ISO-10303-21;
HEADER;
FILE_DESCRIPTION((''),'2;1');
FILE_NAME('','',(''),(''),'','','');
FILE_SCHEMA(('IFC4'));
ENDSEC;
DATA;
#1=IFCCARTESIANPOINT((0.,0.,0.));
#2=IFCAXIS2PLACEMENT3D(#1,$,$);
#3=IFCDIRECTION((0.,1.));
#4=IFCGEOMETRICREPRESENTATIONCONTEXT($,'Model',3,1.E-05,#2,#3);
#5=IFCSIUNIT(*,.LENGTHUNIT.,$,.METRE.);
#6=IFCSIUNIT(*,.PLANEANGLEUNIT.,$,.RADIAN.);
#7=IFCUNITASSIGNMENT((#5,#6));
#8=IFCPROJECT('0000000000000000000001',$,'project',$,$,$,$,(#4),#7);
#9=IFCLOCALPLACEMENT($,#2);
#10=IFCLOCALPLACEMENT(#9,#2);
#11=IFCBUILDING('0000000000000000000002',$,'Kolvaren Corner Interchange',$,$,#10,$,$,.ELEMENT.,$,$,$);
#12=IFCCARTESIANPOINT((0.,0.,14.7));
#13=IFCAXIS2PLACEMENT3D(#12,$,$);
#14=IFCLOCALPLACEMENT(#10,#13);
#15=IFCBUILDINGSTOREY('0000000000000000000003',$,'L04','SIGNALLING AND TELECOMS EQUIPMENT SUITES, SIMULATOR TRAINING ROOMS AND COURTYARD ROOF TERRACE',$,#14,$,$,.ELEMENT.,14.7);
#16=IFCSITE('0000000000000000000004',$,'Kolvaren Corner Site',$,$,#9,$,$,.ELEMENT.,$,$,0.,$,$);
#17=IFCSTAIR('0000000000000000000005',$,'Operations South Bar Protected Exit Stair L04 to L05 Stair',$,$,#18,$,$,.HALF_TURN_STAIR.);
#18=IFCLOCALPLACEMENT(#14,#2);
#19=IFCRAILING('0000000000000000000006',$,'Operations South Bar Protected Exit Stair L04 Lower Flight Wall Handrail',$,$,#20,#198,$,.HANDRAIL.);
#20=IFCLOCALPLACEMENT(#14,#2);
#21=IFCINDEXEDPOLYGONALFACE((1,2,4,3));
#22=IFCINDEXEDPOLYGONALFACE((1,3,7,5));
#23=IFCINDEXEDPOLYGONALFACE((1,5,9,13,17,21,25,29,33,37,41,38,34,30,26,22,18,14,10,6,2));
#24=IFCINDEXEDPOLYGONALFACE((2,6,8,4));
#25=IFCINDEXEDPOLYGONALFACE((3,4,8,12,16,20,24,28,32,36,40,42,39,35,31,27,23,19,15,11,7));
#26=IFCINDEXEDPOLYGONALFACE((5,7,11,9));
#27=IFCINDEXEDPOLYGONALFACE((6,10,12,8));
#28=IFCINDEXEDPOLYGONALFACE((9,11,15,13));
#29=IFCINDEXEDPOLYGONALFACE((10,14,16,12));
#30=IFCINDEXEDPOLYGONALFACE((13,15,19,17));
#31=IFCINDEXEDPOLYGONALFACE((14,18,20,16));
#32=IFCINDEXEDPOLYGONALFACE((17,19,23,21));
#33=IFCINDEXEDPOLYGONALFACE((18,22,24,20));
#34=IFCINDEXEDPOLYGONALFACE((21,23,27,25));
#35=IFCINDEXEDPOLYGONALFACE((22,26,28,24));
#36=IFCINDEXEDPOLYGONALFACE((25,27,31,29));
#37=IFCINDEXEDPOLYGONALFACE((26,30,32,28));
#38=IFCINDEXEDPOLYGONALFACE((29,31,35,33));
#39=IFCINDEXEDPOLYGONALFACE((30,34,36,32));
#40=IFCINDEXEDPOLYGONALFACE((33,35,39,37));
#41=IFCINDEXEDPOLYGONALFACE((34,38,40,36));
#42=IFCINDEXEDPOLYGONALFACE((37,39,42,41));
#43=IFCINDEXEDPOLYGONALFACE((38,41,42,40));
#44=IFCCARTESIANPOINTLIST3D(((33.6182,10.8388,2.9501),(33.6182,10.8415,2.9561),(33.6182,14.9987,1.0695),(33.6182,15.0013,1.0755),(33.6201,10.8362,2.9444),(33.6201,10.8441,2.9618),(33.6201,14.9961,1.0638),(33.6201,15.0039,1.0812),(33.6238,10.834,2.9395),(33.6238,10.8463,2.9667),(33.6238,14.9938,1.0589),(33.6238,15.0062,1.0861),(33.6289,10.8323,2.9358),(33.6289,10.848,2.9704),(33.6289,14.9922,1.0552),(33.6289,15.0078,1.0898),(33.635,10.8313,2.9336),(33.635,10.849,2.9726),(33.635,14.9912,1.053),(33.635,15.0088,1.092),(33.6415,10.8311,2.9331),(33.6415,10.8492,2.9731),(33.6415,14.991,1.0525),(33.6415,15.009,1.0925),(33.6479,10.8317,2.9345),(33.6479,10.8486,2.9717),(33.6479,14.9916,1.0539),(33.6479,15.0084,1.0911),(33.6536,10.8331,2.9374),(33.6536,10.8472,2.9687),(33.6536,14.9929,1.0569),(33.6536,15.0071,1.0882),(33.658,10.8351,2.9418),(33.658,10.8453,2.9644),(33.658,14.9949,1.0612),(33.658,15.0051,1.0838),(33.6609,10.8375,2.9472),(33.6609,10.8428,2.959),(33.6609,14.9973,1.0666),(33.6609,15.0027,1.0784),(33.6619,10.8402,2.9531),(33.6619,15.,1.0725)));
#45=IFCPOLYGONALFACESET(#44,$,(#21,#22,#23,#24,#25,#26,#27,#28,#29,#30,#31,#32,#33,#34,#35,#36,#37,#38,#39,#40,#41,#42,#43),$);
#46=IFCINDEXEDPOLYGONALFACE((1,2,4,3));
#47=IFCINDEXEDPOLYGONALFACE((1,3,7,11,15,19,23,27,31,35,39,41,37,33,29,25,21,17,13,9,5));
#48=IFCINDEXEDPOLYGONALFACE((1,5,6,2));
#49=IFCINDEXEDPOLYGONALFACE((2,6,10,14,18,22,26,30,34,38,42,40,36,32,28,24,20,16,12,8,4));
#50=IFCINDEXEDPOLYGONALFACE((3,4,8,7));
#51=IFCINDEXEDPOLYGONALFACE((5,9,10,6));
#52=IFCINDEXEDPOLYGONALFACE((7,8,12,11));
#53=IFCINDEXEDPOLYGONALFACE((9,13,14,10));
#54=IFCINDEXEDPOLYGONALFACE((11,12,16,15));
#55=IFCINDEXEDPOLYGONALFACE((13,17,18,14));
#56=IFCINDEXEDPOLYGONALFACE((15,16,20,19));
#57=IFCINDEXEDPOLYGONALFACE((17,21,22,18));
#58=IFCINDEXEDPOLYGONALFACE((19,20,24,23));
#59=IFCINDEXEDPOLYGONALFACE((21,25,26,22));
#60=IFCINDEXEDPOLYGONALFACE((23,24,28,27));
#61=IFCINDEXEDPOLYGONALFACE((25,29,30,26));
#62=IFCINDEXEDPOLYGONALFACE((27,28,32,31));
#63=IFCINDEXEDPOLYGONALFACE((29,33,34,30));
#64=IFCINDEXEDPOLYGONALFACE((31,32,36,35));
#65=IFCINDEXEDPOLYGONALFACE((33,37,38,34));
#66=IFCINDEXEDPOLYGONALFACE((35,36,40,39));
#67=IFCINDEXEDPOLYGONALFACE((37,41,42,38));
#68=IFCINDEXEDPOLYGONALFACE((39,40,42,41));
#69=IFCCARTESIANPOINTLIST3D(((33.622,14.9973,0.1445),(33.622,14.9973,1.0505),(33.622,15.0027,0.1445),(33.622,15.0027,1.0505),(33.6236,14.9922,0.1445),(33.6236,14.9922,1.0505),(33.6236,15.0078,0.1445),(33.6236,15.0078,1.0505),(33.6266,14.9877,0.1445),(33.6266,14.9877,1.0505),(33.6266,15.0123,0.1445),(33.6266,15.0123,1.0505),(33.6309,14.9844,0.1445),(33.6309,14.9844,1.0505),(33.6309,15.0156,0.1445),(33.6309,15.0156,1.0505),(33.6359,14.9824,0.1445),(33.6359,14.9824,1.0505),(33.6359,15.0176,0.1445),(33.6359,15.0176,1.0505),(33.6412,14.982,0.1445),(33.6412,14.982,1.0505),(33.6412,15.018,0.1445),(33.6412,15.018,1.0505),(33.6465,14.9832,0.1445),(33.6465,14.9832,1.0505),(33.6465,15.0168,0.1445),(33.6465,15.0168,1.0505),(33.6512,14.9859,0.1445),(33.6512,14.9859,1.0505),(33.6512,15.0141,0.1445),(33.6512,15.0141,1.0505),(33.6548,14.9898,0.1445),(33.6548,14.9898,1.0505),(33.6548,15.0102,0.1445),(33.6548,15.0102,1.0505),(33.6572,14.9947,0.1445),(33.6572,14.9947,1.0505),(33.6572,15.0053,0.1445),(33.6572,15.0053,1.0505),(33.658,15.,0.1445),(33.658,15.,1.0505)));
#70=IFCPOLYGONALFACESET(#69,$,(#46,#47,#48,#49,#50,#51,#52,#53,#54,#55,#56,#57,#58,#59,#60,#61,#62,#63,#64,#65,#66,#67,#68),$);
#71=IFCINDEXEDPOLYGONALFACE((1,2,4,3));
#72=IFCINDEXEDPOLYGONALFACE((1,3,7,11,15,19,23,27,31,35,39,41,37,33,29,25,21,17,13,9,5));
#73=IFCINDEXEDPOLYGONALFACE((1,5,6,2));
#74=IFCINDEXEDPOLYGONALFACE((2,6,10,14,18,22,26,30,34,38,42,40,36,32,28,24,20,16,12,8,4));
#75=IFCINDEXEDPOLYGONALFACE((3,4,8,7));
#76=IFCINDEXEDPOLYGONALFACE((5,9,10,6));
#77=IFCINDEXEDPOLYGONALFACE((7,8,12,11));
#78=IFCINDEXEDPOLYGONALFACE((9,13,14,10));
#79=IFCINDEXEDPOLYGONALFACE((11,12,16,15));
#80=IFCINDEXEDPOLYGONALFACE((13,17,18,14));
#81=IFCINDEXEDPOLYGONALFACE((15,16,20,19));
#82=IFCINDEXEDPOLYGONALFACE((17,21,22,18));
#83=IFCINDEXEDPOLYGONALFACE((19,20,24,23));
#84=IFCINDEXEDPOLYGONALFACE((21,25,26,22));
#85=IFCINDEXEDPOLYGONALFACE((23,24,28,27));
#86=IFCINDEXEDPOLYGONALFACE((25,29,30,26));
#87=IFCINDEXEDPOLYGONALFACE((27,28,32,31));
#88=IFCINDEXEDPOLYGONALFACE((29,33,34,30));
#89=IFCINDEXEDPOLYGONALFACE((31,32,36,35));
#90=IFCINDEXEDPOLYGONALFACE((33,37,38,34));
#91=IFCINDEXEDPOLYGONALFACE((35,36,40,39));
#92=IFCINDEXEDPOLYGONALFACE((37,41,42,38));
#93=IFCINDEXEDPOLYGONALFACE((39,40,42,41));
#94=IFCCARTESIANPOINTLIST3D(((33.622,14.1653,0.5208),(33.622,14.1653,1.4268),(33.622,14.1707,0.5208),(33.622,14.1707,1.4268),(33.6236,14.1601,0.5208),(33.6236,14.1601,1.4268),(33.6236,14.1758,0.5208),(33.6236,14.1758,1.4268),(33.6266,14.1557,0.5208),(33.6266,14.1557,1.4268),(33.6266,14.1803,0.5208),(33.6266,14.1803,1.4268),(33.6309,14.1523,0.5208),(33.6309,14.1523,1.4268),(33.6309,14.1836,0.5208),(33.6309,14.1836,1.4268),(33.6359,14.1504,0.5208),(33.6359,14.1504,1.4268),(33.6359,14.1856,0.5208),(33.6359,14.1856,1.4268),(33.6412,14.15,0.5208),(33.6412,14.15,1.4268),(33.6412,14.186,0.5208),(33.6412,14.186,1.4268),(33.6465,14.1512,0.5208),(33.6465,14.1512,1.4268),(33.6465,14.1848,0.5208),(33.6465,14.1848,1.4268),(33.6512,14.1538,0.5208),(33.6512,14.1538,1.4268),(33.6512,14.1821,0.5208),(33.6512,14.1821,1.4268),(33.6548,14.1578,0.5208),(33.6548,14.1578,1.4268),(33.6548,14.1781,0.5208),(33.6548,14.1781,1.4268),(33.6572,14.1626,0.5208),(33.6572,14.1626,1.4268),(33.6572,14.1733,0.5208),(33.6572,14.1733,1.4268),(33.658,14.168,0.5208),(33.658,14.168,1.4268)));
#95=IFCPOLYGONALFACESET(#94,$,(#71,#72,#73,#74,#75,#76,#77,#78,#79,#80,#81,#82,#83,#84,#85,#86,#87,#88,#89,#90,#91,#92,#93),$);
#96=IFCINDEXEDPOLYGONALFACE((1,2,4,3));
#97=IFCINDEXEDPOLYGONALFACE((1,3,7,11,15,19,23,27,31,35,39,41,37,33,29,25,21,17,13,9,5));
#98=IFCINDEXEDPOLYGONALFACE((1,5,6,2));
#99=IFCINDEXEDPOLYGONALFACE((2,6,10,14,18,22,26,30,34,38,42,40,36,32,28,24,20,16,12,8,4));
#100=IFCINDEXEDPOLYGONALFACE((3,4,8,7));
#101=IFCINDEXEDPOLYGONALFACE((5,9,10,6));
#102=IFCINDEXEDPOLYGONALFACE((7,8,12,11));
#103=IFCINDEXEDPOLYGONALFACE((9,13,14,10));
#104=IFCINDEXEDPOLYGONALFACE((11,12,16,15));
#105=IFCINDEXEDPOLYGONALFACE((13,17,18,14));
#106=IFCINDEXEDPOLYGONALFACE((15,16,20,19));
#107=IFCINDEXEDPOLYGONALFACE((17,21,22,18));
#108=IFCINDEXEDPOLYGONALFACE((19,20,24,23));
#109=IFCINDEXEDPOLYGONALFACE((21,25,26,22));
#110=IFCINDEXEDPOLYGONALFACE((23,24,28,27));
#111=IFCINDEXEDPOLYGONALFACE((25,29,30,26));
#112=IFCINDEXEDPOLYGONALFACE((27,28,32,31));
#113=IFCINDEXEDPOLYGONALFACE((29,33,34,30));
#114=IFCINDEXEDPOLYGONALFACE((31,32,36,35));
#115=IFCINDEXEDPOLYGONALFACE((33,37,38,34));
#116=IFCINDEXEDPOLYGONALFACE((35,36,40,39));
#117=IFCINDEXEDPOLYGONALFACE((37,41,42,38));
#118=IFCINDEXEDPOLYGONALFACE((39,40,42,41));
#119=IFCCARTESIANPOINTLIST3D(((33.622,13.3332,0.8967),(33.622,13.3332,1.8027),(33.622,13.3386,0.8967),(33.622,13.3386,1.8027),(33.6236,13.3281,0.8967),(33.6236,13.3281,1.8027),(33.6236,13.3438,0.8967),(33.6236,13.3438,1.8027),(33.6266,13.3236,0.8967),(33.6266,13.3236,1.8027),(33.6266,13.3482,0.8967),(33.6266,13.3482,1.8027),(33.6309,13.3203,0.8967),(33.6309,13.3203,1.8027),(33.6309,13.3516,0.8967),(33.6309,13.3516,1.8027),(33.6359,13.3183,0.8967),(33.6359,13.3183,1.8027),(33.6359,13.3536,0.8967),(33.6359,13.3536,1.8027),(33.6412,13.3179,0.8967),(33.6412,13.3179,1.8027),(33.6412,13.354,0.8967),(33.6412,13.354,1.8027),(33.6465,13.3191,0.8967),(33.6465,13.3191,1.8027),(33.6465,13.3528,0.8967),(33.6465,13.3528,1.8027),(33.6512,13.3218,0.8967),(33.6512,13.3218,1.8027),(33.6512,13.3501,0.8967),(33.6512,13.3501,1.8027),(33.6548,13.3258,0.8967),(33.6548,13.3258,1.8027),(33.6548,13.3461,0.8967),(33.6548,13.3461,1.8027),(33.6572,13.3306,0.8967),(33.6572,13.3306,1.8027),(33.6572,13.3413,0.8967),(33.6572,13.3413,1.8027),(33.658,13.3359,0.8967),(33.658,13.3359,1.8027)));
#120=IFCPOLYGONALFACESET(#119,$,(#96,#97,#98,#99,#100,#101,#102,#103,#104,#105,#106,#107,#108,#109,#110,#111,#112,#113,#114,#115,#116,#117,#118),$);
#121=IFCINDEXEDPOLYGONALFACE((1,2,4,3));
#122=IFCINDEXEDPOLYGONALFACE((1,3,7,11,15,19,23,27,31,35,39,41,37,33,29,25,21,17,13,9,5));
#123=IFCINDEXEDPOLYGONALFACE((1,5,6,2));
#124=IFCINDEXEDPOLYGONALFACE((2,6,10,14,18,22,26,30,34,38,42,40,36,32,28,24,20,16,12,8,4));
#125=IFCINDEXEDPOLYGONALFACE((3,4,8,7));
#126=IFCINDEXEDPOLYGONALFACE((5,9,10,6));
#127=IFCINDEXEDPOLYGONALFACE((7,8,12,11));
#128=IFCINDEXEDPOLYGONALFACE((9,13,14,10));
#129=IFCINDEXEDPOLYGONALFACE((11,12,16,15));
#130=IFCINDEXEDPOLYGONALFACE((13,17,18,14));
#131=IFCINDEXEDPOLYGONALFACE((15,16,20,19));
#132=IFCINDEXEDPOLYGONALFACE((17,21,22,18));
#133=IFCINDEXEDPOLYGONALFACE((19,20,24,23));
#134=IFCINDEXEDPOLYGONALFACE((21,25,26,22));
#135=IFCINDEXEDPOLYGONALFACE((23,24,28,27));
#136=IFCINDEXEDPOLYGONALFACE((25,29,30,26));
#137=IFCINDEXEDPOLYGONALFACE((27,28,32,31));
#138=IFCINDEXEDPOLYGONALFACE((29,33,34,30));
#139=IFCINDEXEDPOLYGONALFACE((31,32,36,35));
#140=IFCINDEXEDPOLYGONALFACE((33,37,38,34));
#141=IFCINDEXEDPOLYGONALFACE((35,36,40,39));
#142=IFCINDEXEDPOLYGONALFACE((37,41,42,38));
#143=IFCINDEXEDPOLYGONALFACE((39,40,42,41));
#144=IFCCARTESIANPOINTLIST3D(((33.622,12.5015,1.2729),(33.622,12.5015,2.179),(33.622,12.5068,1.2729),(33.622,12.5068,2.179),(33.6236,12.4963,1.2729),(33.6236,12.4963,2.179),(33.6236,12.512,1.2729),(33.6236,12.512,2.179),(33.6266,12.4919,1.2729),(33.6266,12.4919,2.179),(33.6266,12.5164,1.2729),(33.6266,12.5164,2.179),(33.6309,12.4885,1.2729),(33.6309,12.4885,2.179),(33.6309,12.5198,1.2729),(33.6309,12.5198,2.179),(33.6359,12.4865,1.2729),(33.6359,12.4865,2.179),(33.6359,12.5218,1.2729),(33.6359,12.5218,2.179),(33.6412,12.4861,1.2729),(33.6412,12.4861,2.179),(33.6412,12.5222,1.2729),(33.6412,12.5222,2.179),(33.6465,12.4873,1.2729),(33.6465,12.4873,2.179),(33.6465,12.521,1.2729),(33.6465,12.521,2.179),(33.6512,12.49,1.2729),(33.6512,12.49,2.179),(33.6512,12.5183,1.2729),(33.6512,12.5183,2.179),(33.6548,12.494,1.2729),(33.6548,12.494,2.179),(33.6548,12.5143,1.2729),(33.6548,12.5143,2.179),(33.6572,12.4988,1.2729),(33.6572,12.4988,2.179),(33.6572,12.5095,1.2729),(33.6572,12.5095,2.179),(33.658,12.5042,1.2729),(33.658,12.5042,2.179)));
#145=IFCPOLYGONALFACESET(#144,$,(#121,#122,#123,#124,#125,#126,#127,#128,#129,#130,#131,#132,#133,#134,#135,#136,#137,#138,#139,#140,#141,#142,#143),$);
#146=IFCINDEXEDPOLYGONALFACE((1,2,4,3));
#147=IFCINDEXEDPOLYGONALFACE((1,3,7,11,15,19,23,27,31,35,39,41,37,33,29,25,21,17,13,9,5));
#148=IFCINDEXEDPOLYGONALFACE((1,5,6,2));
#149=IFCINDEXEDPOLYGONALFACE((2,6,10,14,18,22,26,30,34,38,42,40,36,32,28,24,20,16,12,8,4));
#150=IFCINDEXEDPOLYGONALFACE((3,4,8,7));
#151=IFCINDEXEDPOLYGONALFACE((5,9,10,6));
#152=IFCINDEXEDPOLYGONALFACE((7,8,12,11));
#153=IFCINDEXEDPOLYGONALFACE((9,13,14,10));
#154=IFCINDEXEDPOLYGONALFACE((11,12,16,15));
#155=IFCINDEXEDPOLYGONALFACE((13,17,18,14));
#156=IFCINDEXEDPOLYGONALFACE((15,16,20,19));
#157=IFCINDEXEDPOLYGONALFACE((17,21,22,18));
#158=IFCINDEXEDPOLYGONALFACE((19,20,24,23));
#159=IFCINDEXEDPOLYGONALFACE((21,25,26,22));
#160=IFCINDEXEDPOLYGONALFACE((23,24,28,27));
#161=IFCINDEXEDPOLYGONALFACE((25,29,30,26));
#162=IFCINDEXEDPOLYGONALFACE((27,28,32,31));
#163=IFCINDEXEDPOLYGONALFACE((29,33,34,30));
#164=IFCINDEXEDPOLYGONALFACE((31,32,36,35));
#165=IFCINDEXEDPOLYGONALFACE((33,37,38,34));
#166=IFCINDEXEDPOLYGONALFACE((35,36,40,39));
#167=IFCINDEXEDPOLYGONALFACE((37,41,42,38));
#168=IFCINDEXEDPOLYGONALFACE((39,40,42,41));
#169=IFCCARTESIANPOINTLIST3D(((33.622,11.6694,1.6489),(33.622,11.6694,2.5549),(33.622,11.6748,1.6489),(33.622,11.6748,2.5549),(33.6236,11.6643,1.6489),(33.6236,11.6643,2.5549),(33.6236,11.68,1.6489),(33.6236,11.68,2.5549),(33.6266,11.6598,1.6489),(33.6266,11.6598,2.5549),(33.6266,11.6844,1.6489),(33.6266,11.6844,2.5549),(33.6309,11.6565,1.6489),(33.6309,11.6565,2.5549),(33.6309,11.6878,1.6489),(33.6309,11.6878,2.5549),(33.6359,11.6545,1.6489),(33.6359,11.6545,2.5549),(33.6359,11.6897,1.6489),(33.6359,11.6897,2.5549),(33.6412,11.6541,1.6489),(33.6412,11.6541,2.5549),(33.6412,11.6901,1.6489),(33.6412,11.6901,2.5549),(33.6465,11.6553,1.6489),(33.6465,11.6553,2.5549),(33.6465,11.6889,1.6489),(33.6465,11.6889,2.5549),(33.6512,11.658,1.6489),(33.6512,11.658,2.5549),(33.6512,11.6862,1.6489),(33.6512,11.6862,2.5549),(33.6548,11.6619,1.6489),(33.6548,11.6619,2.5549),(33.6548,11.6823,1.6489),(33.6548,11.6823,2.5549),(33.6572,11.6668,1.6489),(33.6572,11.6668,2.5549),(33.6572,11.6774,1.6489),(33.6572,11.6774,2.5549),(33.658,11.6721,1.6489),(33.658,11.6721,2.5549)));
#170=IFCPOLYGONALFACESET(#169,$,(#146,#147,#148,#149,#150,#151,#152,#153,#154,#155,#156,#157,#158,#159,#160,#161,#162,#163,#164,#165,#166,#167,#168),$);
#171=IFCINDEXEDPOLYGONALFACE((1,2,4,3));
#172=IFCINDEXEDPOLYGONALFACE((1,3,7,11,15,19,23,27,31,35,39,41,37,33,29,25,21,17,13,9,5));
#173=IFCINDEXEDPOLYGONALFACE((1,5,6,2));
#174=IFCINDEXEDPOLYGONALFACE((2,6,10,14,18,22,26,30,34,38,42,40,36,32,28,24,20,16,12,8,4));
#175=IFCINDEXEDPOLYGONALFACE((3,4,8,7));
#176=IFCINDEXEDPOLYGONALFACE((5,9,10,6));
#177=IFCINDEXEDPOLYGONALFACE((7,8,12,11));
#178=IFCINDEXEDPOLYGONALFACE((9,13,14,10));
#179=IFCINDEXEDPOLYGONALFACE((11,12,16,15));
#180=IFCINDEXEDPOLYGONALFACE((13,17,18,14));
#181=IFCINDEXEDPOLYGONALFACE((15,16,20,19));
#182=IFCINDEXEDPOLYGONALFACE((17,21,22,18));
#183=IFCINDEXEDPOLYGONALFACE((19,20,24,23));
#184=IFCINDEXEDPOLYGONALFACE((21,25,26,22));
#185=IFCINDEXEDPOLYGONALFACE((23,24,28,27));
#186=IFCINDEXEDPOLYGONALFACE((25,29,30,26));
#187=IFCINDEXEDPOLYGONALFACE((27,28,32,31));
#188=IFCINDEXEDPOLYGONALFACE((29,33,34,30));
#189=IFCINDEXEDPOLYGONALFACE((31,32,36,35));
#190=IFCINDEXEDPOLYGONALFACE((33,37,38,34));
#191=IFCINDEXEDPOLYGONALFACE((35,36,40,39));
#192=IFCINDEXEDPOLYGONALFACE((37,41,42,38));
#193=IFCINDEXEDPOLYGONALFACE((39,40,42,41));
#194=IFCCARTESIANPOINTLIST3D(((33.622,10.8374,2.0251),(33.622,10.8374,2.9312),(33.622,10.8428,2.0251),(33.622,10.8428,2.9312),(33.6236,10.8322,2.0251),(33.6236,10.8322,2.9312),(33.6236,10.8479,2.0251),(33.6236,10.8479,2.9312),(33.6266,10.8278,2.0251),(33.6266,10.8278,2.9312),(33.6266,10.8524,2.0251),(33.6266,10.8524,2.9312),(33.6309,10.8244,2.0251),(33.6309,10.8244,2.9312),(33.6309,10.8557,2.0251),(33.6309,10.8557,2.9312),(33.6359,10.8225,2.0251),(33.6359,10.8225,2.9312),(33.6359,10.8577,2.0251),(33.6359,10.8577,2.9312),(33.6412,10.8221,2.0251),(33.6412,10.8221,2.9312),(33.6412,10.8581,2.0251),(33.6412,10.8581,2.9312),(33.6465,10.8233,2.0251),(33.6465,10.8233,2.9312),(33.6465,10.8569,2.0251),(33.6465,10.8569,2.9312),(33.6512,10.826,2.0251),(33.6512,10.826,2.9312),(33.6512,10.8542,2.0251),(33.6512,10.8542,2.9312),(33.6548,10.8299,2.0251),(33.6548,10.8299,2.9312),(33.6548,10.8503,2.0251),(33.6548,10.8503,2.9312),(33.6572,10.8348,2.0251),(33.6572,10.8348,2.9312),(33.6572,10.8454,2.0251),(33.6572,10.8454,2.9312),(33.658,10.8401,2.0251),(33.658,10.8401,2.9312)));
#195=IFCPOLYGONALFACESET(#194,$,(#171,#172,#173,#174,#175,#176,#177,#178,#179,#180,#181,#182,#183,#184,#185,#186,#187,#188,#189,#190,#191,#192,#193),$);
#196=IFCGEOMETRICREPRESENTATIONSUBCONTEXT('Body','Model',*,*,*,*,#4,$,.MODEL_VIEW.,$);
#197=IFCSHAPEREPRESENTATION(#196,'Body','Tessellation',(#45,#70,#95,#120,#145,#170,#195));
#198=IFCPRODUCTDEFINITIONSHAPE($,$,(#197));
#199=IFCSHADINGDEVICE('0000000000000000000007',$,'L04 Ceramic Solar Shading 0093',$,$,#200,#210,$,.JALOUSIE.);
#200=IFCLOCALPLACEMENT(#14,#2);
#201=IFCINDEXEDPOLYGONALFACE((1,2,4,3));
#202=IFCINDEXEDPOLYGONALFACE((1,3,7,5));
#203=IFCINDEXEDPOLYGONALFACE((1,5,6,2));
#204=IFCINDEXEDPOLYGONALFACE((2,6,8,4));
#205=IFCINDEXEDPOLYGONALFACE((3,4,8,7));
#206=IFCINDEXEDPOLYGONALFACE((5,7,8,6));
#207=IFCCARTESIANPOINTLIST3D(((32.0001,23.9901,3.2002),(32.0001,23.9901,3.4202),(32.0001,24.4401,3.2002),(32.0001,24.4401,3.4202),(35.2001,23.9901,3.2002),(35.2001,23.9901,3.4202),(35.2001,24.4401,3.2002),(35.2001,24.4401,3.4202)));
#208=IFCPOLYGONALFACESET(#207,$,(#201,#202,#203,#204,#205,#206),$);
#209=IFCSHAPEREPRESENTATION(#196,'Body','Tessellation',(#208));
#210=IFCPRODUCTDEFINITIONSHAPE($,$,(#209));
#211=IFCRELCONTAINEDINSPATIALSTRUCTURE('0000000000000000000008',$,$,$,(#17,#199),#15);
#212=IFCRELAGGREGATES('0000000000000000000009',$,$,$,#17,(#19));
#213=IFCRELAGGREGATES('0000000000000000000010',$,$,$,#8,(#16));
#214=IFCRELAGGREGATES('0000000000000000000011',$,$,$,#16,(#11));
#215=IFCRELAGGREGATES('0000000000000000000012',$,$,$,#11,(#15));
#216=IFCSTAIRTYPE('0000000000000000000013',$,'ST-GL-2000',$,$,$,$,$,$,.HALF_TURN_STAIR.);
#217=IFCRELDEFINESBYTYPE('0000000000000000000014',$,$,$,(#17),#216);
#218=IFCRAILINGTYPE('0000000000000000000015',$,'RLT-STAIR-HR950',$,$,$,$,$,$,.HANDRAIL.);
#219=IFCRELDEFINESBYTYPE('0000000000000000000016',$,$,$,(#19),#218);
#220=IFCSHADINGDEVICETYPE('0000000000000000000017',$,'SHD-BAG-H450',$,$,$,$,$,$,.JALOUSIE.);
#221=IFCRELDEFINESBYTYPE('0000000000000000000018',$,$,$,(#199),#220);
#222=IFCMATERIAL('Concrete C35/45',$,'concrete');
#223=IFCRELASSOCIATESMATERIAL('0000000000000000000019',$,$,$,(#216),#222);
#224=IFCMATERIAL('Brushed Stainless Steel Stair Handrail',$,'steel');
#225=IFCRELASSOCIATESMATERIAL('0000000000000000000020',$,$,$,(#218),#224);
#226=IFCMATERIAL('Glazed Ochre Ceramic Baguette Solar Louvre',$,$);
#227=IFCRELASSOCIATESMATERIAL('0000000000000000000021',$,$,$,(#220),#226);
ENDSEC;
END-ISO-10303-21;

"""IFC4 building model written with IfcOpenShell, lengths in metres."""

from ifc_helpers import new_model, si_unit, direction, frame, origin, origin_2d, place, context, subcontext, project, spatial, rectangle, circle, extrude, material, type_object, element, aggregate, save


model = new_model("IFC4")

# Units and contexts
model_context = context("Model", 3, precision=1e-05, world=origin(), true_north=direction((0.0, 1.0)))
body_context = subcontext(model_context, "Body", "Model", "MODEL_VIEW")
ifc_project = project(units=[si_unit("LENGTHUNIT", "METRE"), si_unit("PLANEANGLEUNIT", "RADIAN")], contexts=[model_context])

# Site, building, storey
site_placement = place(None, origin())
site = spatial("IfcSite", under=ifc_project, at=site_placement, Name="Kolvaren Corner Site", CompositionType="ELEMENT", RefElevation=0.0)
building_placement = place(site_placement, origin())
building = spatial("IfcBuilding", under=site, at=building_placement, Name="Kolvaren Corner Interchange", CompositionType="ELEMENT")
storey_placement = place(building_placement, frame((0.0, 0.0, 14.7)))
storey = spatial("IfcBuildingStorey", under=building, at=storey_placement, Name="L04", Description="SIGNALLING AND TELECOMS EQUIPMENT SUITES, SIMULATOR TRAINING ROOMS AND COURTYARD ROOF TERRACE", CompositionType="ELEMENT", Elevation=14.7)

# Stair
ifc_material_1 = material(Name="Concrete C35/45", Category="concrete")
stair_type = type_object("IfcStairType", Name="ST-GL-2000", PredefinedType="HALF_TURN_STAIR", material=ifc_material_1)
stair_placement = place(storey_placement, origin())
stair = element("IfcStair", 1, at=stair_placement, inside=storey, type_object=stair_type, Name="Operations South Bar Protected Exit Stair L04 to L05 Stair", PredefinedType="HALF_TURN_STAIR")

# Railing
ifc_material_2 = material(Name="Brushed Stainless Steel Stair Handrail", Category="steel")
railing_type_1 = type_object("IfcRailingType", Name="RLT-STAIR-HR950", PredefinedType="HANDRAIL", material=ifc_material_2)
railing_1_placement = place(storey_placement, frame((33.6399, 15.0, 0.1445)))
railing_1 = element("IfcRailing", 2, at=railing_1_placement, type_object=railing_type_1, Name="Operations South Bar Protected Exit Stair L04 Lower Flight Wall Handrail", PredefinedType="HANDRAIL", context=body_context, shape_type="SweptSolid", body=[
    extrude(circle(Radius=0.022, at=origin_2d()), frame((0.0, 0.0, 0.928), z_axis=(0.0, -0.911211, 0.411941), x_axis=(1.0, 0.0, 0.0)), (0.0, 0.0, 1.0), 4.5652),
    extrude(circle(Radius=0.0181, at=origin_2d()), origin(), (0.0, 0.0, 1.0), 0.906),
    extrude(circle(Radius=0.0181, at=origin_2d()), frame((0.0, -0.832, 0.3762)), (0.0, 0.0, 1.0), 0.906),
    extrude(circle(Radius=0.0181, at=origin_2d()), frame((0.0, -1.6641, 0.7522)), (0.0, 0.0, 1.0), 0.906),
    extrude(circle(Radius=0.0181, at=origin_2d()), frame((0.0, -2.4958, 1.1284)), (0.0, 0.0, 1.0), 0.906),
    extrude(circle(Radius=0.0181, at=origin_2d()), frame((0.0, -3.3279, 1.5044)), (0.0, 0.0, 1.0), 0.906),
    extrude(circle(Radius=0.0181, at=origin_2d()), frame((0.0, -4.1599, 1.8806)), (0.0, 0.0, 1.0), 0.906),
])
aggregate(stair, [railing_1])

# Shading device
ifc_material_3 = material(Name="Glazed Ochre Ceramic Baguette Solar Louvre")
shading_device_type_1 = type_object("IfcShadingDeviceType", Name="SHD-BAG-H450", PredefinedType="JALOUSIE", material=ifc_material_3)
shading_device_1_placement = place(storey_placement, frame((33.6001, 24.2151, 3.2002), z_axis=(0.0, 0.0, 1.0), x_axis=(-1.0, 0.0, 0.0)))
element("IfcShadingDevice", 3, at=shading_device_1_placement, inside=storey, type_object=shading_device_type_1, Name="L04 Ceramic Solar Shading 0093", PredefinedType="JALOUSIE", context=body_context, shape_type="SweptSolid", body=[
    extrude(rectangle(XDim=3.2, YDim=0.45, at=origin_2d()), origin(), (0.0, 0.0, 1.0), 0.22),
])

save(model, "model.ifc")
